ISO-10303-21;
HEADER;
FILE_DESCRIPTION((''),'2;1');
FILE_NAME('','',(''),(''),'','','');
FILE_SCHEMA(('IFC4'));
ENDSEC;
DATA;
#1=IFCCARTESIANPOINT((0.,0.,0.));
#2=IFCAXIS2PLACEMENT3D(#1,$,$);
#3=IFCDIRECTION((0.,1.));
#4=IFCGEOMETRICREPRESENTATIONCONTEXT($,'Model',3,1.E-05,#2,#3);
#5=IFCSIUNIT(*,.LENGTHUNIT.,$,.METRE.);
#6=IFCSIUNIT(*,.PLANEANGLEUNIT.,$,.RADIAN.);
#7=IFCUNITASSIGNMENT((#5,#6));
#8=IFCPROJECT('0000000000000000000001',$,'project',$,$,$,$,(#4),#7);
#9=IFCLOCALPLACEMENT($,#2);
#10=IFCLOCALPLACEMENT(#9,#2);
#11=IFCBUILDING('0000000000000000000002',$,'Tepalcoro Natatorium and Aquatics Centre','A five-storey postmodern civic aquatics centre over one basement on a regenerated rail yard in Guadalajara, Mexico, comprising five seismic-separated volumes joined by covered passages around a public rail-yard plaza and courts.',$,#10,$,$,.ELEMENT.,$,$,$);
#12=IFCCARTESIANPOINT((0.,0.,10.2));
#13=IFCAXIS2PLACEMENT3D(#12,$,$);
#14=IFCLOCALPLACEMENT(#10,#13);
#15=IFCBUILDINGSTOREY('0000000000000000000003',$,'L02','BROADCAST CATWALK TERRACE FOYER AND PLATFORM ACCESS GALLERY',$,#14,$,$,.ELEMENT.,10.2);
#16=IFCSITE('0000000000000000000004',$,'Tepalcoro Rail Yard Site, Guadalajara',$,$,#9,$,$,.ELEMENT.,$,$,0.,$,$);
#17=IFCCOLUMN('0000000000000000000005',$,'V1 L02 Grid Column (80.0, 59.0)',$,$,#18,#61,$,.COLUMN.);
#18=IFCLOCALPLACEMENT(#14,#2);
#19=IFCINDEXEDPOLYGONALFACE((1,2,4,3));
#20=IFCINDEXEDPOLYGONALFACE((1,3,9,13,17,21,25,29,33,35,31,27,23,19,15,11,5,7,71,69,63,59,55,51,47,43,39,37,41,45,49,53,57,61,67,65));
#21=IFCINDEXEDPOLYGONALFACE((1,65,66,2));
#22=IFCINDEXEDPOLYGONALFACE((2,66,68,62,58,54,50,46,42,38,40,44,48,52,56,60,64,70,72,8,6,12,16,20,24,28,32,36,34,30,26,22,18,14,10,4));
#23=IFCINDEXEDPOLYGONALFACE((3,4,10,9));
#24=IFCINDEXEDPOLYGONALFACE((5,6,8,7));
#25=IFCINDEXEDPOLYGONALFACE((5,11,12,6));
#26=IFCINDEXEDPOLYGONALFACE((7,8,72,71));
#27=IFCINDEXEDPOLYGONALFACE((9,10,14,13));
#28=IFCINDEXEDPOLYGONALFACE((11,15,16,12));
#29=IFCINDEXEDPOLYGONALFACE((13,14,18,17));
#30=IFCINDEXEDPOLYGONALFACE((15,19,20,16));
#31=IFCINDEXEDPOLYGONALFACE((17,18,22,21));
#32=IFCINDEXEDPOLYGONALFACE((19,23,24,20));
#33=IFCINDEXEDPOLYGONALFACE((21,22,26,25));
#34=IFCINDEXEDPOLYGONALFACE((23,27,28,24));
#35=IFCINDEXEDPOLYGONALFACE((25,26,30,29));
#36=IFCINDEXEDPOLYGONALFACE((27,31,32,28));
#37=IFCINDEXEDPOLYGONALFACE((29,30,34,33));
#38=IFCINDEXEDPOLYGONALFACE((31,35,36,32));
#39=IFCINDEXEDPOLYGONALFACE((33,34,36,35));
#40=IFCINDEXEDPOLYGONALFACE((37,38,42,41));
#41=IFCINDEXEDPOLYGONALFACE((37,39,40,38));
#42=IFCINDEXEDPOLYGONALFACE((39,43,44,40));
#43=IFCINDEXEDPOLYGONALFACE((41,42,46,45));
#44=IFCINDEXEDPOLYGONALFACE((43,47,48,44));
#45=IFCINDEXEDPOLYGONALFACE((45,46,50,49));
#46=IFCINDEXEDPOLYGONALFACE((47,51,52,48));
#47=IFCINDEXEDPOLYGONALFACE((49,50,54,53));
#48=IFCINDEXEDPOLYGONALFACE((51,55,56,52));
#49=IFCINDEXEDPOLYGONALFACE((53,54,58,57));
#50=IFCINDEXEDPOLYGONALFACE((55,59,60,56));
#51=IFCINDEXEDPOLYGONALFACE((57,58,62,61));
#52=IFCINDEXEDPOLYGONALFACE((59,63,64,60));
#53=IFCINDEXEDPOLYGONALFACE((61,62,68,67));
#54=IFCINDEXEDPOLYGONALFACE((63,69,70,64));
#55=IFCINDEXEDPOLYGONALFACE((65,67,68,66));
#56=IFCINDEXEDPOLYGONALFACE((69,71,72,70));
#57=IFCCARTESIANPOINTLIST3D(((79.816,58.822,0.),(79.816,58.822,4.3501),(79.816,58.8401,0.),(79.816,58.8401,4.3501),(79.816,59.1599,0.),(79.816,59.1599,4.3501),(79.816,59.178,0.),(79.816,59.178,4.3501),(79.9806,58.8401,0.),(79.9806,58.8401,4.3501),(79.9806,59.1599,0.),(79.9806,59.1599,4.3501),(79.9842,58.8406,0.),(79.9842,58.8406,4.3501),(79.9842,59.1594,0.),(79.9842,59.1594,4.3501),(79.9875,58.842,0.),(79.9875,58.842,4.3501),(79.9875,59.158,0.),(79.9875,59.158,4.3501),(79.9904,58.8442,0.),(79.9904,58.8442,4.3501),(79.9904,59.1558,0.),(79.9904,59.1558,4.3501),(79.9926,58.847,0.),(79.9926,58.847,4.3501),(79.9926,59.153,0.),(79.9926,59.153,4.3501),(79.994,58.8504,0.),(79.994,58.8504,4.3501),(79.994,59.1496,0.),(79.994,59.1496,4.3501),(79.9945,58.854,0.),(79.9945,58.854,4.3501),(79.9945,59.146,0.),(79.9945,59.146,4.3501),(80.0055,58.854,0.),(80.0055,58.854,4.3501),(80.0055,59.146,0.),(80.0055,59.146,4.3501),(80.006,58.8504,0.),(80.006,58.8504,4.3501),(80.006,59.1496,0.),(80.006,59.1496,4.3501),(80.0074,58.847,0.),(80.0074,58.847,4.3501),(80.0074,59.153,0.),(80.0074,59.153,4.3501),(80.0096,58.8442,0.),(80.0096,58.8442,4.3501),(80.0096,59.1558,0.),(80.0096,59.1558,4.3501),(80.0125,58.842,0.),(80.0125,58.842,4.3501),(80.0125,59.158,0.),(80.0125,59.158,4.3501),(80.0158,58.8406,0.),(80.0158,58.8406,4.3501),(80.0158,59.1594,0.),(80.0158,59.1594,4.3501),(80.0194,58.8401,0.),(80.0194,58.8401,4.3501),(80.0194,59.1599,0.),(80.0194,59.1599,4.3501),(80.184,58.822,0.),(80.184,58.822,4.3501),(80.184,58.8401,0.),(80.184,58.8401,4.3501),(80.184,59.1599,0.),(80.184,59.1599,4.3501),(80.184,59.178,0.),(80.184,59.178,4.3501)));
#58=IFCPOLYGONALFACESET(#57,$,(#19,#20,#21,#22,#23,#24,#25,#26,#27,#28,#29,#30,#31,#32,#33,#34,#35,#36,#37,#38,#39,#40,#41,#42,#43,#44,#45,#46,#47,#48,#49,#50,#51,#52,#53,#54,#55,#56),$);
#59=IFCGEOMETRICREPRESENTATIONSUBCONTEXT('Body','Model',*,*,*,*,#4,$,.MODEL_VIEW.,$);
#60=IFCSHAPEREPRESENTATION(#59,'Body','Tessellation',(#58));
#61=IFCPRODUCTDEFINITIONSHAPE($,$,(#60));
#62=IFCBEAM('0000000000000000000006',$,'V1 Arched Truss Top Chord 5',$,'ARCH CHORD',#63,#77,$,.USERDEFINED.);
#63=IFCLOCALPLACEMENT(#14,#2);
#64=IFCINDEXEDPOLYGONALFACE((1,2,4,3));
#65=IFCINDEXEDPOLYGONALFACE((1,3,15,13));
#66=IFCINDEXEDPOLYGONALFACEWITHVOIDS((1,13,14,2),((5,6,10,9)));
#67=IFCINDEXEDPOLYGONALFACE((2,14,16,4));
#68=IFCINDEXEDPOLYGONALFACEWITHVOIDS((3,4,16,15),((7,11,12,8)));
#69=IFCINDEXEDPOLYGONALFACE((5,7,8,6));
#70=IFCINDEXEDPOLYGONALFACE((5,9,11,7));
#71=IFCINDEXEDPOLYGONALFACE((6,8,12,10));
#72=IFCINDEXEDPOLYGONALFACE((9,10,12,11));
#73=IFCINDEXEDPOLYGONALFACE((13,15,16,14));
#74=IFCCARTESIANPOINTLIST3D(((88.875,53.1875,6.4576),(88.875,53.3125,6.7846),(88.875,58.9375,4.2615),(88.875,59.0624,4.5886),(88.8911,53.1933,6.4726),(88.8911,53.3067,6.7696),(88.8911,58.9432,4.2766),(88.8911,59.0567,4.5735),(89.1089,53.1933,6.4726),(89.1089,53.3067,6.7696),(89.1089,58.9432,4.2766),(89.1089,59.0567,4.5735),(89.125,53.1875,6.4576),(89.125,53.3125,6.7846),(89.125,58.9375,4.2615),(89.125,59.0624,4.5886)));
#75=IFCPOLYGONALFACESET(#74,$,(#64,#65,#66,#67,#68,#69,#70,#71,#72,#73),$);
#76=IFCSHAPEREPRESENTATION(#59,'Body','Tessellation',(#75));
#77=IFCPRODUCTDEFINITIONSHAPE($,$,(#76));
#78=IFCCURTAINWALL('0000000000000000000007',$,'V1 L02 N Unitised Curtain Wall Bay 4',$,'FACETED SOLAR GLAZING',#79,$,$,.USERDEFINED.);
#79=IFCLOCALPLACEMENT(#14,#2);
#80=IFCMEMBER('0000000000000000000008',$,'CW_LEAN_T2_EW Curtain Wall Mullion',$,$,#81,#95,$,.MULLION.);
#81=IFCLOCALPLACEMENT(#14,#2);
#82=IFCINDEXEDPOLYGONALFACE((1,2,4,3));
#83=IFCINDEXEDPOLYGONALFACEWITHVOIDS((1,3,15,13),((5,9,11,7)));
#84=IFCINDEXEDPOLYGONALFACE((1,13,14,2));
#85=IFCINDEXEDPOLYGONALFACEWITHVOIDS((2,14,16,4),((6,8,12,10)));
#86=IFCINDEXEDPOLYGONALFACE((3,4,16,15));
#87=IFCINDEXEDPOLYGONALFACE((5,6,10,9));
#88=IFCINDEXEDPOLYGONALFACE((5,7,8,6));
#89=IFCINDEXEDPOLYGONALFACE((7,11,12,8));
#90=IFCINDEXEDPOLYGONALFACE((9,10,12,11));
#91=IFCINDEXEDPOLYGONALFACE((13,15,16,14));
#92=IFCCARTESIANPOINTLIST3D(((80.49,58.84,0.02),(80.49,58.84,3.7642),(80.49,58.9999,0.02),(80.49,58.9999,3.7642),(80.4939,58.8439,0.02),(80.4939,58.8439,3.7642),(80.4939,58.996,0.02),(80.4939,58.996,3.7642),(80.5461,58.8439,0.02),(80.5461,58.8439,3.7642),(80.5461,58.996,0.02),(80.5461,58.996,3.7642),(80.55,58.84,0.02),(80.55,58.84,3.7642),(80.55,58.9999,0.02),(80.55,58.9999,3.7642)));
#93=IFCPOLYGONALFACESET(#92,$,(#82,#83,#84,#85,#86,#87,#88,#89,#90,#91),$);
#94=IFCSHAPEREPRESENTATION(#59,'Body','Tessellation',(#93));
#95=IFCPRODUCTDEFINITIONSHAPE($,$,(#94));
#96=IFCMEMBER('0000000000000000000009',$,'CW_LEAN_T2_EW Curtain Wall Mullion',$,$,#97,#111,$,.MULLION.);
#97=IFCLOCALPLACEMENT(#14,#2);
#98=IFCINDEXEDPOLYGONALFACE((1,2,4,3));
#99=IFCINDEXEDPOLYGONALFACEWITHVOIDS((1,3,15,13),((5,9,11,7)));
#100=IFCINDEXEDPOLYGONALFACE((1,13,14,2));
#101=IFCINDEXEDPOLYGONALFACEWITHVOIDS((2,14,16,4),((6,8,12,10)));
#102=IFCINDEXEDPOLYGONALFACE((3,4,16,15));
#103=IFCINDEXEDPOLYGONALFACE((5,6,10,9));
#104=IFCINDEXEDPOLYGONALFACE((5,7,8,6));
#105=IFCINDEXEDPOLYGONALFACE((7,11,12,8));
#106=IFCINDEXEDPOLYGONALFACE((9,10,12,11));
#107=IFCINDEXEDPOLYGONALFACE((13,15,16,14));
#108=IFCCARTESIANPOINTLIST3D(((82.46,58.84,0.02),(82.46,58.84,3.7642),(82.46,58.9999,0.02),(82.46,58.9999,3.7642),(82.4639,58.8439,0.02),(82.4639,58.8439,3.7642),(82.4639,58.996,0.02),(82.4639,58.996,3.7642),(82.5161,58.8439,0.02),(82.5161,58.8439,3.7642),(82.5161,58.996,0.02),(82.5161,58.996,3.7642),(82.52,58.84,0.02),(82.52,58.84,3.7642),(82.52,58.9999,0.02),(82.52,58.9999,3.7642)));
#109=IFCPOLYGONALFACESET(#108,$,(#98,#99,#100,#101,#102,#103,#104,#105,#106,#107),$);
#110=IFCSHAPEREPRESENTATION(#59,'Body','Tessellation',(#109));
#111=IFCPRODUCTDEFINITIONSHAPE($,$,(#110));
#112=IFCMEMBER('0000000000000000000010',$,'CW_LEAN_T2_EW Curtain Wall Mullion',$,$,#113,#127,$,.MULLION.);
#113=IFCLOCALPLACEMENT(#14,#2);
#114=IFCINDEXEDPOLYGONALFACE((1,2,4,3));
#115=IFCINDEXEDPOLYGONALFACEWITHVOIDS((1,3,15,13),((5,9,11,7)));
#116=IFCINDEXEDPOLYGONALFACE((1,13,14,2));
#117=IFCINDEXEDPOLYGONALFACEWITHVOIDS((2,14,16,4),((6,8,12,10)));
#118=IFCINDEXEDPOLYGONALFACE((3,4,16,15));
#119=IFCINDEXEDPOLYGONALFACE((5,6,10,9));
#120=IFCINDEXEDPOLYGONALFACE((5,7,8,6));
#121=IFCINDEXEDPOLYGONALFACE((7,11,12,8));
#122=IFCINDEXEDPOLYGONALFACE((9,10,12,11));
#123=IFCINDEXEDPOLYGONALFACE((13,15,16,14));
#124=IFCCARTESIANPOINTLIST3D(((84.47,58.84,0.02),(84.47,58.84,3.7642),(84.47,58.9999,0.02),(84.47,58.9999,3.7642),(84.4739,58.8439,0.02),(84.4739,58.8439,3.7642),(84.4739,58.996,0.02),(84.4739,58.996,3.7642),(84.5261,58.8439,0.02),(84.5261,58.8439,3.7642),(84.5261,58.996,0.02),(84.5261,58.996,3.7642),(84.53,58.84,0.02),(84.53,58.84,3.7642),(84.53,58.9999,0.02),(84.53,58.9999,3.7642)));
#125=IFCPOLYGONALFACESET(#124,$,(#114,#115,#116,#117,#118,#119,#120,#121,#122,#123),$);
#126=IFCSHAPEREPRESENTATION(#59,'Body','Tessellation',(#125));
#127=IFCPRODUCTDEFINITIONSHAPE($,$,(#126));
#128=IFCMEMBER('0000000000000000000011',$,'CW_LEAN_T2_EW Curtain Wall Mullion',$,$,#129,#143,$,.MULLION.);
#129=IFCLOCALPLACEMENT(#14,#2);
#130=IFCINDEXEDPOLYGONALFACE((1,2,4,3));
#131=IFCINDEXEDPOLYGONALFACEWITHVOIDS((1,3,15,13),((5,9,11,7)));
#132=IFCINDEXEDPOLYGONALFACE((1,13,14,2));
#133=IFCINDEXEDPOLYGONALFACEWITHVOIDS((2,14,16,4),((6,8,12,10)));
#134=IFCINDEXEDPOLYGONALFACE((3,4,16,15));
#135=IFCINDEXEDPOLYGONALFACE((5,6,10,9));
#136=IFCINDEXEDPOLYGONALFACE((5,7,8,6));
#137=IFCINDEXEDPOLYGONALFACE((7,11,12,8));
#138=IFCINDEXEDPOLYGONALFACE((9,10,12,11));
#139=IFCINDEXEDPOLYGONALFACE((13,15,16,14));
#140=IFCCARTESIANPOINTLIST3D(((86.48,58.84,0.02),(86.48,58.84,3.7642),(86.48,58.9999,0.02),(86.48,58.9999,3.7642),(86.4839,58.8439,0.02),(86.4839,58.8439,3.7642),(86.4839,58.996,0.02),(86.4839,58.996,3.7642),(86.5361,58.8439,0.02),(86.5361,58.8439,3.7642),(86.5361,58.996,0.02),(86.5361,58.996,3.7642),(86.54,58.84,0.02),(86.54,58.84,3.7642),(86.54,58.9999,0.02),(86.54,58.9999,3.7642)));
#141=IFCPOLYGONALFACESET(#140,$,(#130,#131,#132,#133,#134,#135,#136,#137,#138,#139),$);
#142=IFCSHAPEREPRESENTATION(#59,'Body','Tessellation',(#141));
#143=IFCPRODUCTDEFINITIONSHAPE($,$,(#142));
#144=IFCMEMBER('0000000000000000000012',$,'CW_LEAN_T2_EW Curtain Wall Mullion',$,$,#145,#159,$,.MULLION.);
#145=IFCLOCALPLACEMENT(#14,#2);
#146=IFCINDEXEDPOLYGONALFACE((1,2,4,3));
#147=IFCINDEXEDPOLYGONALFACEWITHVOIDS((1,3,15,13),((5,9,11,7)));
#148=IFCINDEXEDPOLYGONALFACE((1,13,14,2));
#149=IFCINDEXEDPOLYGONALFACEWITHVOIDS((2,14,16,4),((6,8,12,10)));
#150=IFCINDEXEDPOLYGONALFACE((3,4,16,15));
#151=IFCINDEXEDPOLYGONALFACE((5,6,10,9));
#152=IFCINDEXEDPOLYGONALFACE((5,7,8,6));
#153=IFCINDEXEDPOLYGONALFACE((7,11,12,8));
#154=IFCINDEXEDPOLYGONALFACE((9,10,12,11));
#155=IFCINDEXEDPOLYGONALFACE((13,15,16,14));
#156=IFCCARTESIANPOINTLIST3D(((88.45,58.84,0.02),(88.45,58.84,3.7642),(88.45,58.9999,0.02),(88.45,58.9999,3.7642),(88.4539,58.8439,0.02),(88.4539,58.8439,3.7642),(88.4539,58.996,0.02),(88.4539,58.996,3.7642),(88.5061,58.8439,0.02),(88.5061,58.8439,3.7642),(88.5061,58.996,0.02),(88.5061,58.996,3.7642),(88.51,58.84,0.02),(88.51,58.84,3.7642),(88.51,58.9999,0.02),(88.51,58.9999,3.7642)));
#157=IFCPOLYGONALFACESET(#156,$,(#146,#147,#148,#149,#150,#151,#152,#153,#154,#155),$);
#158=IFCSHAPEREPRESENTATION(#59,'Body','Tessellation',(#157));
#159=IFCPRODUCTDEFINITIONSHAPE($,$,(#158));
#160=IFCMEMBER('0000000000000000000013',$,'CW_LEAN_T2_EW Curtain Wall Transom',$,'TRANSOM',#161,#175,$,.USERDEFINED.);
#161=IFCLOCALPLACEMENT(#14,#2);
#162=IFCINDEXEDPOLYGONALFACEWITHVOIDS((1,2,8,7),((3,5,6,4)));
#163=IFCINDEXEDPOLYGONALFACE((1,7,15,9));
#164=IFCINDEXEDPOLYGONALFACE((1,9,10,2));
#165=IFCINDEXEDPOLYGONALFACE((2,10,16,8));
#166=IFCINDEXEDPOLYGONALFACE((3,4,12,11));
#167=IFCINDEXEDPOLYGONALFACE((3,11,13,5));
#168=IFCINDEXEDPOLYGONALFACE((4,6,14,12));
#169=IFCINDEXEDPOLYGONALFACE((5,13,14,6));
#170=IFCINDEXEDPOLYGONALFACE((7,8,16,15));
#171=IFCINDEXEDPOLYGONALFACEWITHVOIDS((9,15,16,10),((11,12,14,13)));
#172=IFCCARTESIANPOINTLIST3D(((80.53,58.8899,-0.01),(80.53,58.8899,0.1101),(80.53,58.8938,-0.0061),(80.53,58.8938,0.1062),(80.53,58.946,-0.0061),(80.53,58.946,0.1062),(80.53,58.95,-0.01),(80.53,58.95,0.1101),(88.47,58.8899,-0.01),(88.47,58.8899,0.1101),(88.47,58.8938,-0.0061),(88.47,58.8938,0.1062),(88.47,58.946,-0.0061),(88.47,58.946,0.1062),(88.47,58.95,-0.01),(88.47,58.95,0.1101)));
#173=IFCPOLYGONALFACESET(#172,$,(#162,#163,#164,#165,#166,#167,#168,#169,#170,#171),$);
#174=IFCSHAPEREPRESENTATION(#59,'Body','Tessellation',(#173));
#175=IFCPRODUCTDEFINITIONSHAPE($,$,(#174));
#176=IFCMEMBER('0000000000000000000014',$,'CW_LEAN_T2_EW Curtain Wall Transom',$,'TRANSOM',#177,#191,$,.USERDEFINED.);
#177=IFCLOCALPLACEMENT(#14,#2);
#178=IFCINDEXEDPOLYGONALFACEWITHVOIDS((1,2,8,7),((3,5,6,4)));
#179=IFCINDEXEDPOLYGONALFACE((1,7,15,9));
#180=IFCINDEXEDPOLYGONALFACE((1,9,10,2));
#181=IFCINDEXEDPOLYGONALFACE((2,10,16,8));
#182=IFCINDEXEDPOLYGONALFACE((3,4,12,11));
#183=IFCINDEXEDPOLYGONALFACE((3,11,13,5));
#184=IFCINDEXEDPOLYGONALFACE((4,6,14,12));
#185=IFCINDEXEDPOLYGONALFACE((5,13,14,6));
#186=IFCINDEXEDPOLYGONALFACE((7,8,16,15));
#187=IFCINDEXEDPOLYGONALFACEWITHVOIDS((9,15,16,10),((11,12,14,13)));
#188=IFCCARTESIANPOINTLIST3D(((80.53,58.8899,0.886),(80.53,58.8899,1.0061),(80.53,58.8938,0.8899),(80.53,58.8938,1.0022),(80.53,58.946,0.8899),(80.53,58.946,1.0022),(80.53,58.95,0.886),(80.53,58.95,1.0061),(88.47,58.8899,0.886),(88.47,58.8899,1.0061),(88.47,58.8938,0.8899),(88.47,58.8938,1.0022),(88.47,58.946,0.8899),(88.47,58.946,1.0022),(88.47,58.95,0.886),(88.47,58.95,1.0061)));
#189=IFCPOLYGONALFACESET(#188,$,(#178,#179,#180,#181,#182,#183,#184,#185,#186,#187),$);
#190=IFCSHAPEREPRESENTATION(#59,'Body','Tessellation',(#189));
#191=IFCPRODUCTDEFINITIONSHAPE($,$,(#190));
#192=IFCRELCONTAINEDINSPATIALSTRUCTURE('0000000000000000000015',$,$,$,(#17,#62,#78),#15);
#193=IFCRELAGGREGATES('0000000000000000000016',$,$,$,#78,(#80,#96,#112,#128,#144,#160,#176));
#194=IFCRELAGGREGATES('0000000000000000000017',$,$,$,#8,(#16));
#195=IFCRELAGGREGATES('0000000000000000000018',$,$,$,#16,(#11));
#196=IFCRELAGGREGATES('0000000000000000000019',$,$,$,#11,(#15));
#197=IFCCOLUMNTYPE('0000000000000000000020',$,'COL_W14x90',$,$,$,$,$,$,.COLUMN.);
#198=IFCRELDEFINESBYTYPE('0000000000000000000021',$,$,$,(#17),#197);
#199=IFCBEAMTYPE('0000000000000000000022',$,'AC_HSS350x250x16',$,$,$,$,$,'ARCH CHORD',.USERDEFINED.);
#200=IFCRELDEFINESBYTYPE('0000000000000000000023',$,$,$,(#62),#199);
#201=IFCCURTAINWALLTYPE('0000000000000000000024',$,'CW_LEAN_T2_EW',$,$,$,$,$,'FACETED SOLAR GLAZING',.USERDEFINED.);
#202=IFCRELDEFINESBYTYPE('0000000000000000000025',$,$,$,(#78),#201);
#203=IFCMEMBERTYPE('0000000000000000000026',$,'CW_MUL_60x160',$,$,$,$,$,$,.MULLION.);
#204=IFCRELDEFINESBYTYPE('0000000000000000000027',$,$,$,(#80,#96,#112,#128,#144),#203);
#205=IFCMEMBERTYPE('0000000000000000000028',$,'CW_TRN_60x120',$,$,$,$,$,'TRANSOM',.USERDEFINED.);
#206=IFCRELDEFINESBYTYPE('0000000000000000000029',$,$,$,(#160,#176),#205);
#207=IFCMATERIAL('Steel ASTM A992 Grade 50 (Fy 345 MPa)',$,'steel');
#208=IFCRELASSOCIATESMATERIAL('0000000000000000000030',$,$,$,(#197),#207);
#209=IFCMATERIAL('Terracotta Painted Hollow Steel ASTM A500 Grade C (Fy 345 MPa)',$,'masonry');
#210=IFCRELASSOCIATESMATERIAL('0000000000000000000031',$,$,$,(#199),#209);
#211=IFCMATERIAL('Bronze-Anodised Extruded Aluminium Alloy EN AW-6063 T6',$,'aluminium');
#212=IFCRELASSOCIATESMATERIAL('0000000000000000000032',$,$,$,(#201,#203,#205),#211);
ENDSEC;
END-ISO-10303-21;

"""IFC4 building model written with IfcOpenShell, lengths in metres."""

from ifc_helpers import new_model, si_unit, direction, frame, origin, origin_2d, place, context, subcontext, project, spatial, hollow_rectangle, i_section, extrude, material, material_profile, profile_set, type_object, element, aggregate, save


model = new_model("IFC4")

# Units and contexts
model_context = context("Model", 3, precision=1e-05, world=origin(), true_north=direction((0.0, 1.0)))
body_context = subcontext(model_context, "Body", "Model", "MODEL_VIEW")
ifc_project = project(units=[si_unit("LENGTHUNIT", "METRE"), si_unit("PLANEANGLEUNIT", "RADIAN")], contexts=[model_context])

# Site, building, storey
site_placement = place(None, origin())
site = spatial("IfcSite", under=ifc_project, at=site_placement, Name="Tepalcoro Rail Yard Site, Guadalajara", CompositionType="ELEMENT", RefElevation=0.0)
building_placement = place(site_placement, origin())
building = spatial("IfcBuilding", under=site, at=building_placement, Name="Tepalcoro Natatorium and Aquatics Centre", Description="A five-storey postmodern civic aquatics centre over one basement on a regenerated rail yard in Guadalajara, Mexico, comprising five seismic-separated volumes joined by covered passages around a public rail-yard plaza and courts.", CompositionType="ELEMENT")
storey_placement = place(building_placement, frame((0.0, 0.0, 10.2)))
storey = spatial("IfcBuildingStorey", under=building, at=storey_placement, Name="L02", Description="BROADCAST CATWALK TERRACE FOYER AND PLATFORM ACCESS GALLERY", CompositionType="ELEMENT", Elevation=10.2)

# Column
ifc_material_1 = material(Name="Steel ASTM A992 Grade 50 (Fy 345 MPa)", Category="steel")
ifc_material_profile_1 = material_profile(ifc_material_1, i_section(OverallWidth=0.3679, OverallDepth=0.356, WebThickness=0.011, FlangeThickness=0.0181, FilletRadius=0.0139, at=origin_2d()), Name="W14X90")
ifc_profile_set_1 = profile_set([ifc_material_profile_1], Name="Steel ASTM A992 Grade 50 (Fy 345 MPa)")
column_type = type_object("IfcColumnType", Name="COL_W14x90", PredefinedType="COLUMN", material=ifc_profile_set_1)
column_placement = place(storey_placement, frame((80.0, 59.0, 0.0), z_axis=(0.0, 0.0, 1.0), x_axis=(1.0, 0.0, 0.0)))
element("IfcColumn", 1, at=column_placement, inside=storey, type_object=column_type, Name="V1 L02 Grid Column (80.0, 59.0)", PredefinedType="COLUMN", context=body_context, shape_type="SweptSolid", body=[
    extrude(i_section(OverallWidth=0.3679, OverallDepth=0.356, WebThickness=0.011, FlangeThickness=0.0181, FilletRadius=0.0139, at=origin_2d()), origin(), (0.0, 0.0, 1.0), 4.3501),
])

# Beam
ifc_material_2 = material(Name="Terracotta Painted Hollow Steel ASTM A500 Grade C (Fy 345 MPa)", Category="masonry")
ifc_material_profile_2 = material_profile(ifc_material_2, hollow_rectangle(XDim=0.25, YDim=0.3501, WallThickness=0.0161, at=origin_2d()), Name="HSS350X250X16")
ifc_profile_set_2 = profile_set([ifc_material_profile_2], Name="Terracotta Painted Hollow Steel ASTM A500 Grade C (Fy 345 MPa)")
beam_type_1 = type_object("IfcBeamType", Name="AC_HSS350x250x16", ElementType="ARCH CHORD", PredefinedType="USERDEFINED", material=ifc_profile_set_2)
beam_1_placement = place(storey_placement, frame((89.0, 53.25, 6.6211), z_axis=(0.0, 0.934186, -0.356785), x_axis=(-1.0, 0.0, 0.0)))
element("IfcBeam", 2, at=beam_1_placement, inside=storey, type_object=beam_type_1, Name="V1 Arched Truss Top Chord 5", ObjectType="ARCH CHORD", PredefinedType="USERDEFINED", context=body_context, shape_type="SweptSolid", body=[
    extrude(hollow_rectangle(XDim=0.25, YDim=0.3501, WallThickness=0.0161, at=origin_2d()), origin(), (0.0, 0.0, 1.0), 6.155),
])

# Curtain wall, members
ifc_material_3 = material(Name="Bronze-Anodised Extruded Aluminium Alloy EN AW-6063 T6", Category="aluminium")
curtain_wall_type = type_object("IfcCurtainWallType", Name="CW_LEAN_T2_EW", ElementType="FACETED SOLAR GLAZING", PredefinedType="USERDEFINED", material=ifc_material_3)
curtain_wall_placement = place(storey_placement, origin())
curtain_wall = element("IfcCurtainWall", 3, at=curtain_wall_placement, inside=storey, type_object=curtain_wall_type, Name="V1 L02 N Unitised Curtain Wall Bay 4", ObjectType="FACETED SOLAR GLAZING", PredefinedType="USERDEFINED")
ifc_material_profile_3 = material_profile(ifc_material_3, hollow_rectangle(XDim=0.0601, YDim=0.1599, WallThickness=0.0039, at=origin_2d()), Name="AL60X160X4")
ifc_profile_set_3 = profile_set([ifc_material_profile_3], Name="Bronze-Anodised Extruded Aluminium Alloy EN AW-6063 T6")
member_type_1 = type_object("IfcMemberType", Name="CW_MUL_60x160", PredefinedType="MULLION", material=ifc_profile_set_3)
member_1_placement = place(storey_placement, frame((80.52, 58.9199, 0.02), z_axis=(0.0, 0.0, 1.0), x_axis=(1.0, 0.0, 0.0)))
member_1 = element("IfcMember", 4, at=member_1_placement, type_object=member_type_1, Name="CW_LEAN_T2_EW Curtain Wall Mullion", PredefinedType="MULLION", context=body_context, shape_type="SweptSolid", body=[
    extrude(hollow_rectangle(XDim=0.0601, YDim=0.1599, WallThickness=0.0039, at=origin_2d()), origin(), (0.0, 0.0, 1.0), 3.7441),
])
member_2_placement = place(storey_placement, frame((82.49, 58.9199, 0.02), z_axis=(0.0, 0.0, 1.0), x_axis=(1.0, 0.0, 0.0)))
member_2 = element("IfcMember", 5, at=member_2_placement, type_object=member_type_1, Name="CW_LEAN_T2_EW Curtain Wall Mullion", PredefinedType="MULLION", context=body_context, shape_type="SweptSolid", body=[
    extrude(hollow_rectangle(XDim=0.0601, YDim=0.1599, WallThickness=0.0039, at=origin_2d()), origin(), (0.0, 0.0, 1.0), 3.7441),
])
member_3_placement = place(storey_placement, frame((84.5, 58.9199, 0.02), z_axis=(0.0, 0.0, 1.0), x_axis=(1.0, 0.0, 0.0)))
member_3 = element("IfcMember", 6, at=member_3_placement, type_object=member_type_1, Name="CW_LEAN_T2_EW Curtain Wall Mullion", PredefinedType="MULLION", context=body_context, shape_type="SweptSolid", body=[
    extrude(hollow_rectangle(XDim=0.0601, YDim=0.1599, WallThickness=0.0039, at=origin_2d()), origin(), (0.0, 0.0, 1.0), 3.7441),
])
member_4_placement = place(storey_placement, frame((86.51, 58.9199, 0.02), z_axis=(0.0, 0.0, 1.0), x_axis=(1.0, 0.0, 0.0)))
member_4 = element("IfcMember", 7, at=member_4_placement, type_object=member_type_1, Name="CW_LEAN_T2_EW Curtain Wall Mullion", PredefinedType="MULLION", context=body_context, shape_type="SweptSolid", body=[
    extrude(hollow_rectangle(XDim=0.0601, YDim=0.1599, WallThickness=0.0039, at=origin_2d()), origin(), (0.0, 0.0, 1.0), 3.7441),
])
member_5_placement = place(storey_placement, frame((88.48, 58.9199, 0.02), z_axis=(0.0, 0.0, 1.0), x_axis=(1.0, 0.0, 0.0)))
member_5 = element("IfcMember", 8, at=member_5_placement, type_object=member_type_1, Name="CW_LEAN_T2_EW Curtain Wall Mullion", PredefinedType="MULLION", context=body_context, shape_type="SweptSolid", body=[
    extrude(hollow_rectangle(XDim=0.0601, YDim=0.1599, WallThickness=0.0039, at=origin_2d()), origin(), (0.0, 0.0, 1.0), 3.7441),
])
ifc_material_profile_4 = material_profile(ifc_material_3, hollow_rectangle(XDim=0.0601, YDim=0.1201, WallThickness=0.0039, at=origin_2d()), Name="AL60X120X4")
ifc_profile_set_4 = profile_set([ifc_material_profile_4], Name="Bronze-Anodised Extruded Aluminium Alloy EN AW-6063 T6")
member_type_2 = type_object("IfcMemberType", Name="CW_TRN_60x120", ElementType="TRANSOM", PredefinedType="USERDEFINED", material=ifc_profile_set_4)
member_6_placement = place(storey_placement, frame((80.53, 58.9199, 0.05), z_axis=(1.0, 0.0, 0.0), x_axis=(0.0, 1.0, 0.0)))
member_6 = element("IfcMember", 9, at=member_6_placement, type_object=member_type_2, Name="CW_LEAN_T2_EW Curtain Wall Transom", ObjectType="TRANSOM", PredefinedType="USERDEFINED", context=body_context, shape_type="SweptSolid", body=[
    extrude(hollow_rectangle(XDim=0.0601, YDim=0.1201, WallThickness=0.0039, at=origin_2d()), origin(), (0.0, 0.0, 1.0), 7.9399),
])
member_7_placement = place(storey_placement, frame((80.53, 58.9199, 0.946), z_axis=(1.0, 0.0, 0.0), x_axis=(0.0, 1.0, 0.0)))
member_7 = element("IfcMember", 10, at=member_7_placement, type_object=member_type_2, Name="CW_LEAN_T2_EW Curtain Wall Transom", ObjectType="TRANSOM", PredefinedType="USERDEFINED", context=body_context, shape_type="SweptSolid", body=[
    extrude(hollow_rectangle(XDim=0.0601, YDim=0.1201, WallThickness=0.0039, at=origin_2d()), origin(), (0.0, 0.0, 1.0), 7.9399),
])

aggregate(curtain_wall, [member_1, member_2, member_3, member_4, member_5, member_6, member_7])

save(model, "model.ifc")
